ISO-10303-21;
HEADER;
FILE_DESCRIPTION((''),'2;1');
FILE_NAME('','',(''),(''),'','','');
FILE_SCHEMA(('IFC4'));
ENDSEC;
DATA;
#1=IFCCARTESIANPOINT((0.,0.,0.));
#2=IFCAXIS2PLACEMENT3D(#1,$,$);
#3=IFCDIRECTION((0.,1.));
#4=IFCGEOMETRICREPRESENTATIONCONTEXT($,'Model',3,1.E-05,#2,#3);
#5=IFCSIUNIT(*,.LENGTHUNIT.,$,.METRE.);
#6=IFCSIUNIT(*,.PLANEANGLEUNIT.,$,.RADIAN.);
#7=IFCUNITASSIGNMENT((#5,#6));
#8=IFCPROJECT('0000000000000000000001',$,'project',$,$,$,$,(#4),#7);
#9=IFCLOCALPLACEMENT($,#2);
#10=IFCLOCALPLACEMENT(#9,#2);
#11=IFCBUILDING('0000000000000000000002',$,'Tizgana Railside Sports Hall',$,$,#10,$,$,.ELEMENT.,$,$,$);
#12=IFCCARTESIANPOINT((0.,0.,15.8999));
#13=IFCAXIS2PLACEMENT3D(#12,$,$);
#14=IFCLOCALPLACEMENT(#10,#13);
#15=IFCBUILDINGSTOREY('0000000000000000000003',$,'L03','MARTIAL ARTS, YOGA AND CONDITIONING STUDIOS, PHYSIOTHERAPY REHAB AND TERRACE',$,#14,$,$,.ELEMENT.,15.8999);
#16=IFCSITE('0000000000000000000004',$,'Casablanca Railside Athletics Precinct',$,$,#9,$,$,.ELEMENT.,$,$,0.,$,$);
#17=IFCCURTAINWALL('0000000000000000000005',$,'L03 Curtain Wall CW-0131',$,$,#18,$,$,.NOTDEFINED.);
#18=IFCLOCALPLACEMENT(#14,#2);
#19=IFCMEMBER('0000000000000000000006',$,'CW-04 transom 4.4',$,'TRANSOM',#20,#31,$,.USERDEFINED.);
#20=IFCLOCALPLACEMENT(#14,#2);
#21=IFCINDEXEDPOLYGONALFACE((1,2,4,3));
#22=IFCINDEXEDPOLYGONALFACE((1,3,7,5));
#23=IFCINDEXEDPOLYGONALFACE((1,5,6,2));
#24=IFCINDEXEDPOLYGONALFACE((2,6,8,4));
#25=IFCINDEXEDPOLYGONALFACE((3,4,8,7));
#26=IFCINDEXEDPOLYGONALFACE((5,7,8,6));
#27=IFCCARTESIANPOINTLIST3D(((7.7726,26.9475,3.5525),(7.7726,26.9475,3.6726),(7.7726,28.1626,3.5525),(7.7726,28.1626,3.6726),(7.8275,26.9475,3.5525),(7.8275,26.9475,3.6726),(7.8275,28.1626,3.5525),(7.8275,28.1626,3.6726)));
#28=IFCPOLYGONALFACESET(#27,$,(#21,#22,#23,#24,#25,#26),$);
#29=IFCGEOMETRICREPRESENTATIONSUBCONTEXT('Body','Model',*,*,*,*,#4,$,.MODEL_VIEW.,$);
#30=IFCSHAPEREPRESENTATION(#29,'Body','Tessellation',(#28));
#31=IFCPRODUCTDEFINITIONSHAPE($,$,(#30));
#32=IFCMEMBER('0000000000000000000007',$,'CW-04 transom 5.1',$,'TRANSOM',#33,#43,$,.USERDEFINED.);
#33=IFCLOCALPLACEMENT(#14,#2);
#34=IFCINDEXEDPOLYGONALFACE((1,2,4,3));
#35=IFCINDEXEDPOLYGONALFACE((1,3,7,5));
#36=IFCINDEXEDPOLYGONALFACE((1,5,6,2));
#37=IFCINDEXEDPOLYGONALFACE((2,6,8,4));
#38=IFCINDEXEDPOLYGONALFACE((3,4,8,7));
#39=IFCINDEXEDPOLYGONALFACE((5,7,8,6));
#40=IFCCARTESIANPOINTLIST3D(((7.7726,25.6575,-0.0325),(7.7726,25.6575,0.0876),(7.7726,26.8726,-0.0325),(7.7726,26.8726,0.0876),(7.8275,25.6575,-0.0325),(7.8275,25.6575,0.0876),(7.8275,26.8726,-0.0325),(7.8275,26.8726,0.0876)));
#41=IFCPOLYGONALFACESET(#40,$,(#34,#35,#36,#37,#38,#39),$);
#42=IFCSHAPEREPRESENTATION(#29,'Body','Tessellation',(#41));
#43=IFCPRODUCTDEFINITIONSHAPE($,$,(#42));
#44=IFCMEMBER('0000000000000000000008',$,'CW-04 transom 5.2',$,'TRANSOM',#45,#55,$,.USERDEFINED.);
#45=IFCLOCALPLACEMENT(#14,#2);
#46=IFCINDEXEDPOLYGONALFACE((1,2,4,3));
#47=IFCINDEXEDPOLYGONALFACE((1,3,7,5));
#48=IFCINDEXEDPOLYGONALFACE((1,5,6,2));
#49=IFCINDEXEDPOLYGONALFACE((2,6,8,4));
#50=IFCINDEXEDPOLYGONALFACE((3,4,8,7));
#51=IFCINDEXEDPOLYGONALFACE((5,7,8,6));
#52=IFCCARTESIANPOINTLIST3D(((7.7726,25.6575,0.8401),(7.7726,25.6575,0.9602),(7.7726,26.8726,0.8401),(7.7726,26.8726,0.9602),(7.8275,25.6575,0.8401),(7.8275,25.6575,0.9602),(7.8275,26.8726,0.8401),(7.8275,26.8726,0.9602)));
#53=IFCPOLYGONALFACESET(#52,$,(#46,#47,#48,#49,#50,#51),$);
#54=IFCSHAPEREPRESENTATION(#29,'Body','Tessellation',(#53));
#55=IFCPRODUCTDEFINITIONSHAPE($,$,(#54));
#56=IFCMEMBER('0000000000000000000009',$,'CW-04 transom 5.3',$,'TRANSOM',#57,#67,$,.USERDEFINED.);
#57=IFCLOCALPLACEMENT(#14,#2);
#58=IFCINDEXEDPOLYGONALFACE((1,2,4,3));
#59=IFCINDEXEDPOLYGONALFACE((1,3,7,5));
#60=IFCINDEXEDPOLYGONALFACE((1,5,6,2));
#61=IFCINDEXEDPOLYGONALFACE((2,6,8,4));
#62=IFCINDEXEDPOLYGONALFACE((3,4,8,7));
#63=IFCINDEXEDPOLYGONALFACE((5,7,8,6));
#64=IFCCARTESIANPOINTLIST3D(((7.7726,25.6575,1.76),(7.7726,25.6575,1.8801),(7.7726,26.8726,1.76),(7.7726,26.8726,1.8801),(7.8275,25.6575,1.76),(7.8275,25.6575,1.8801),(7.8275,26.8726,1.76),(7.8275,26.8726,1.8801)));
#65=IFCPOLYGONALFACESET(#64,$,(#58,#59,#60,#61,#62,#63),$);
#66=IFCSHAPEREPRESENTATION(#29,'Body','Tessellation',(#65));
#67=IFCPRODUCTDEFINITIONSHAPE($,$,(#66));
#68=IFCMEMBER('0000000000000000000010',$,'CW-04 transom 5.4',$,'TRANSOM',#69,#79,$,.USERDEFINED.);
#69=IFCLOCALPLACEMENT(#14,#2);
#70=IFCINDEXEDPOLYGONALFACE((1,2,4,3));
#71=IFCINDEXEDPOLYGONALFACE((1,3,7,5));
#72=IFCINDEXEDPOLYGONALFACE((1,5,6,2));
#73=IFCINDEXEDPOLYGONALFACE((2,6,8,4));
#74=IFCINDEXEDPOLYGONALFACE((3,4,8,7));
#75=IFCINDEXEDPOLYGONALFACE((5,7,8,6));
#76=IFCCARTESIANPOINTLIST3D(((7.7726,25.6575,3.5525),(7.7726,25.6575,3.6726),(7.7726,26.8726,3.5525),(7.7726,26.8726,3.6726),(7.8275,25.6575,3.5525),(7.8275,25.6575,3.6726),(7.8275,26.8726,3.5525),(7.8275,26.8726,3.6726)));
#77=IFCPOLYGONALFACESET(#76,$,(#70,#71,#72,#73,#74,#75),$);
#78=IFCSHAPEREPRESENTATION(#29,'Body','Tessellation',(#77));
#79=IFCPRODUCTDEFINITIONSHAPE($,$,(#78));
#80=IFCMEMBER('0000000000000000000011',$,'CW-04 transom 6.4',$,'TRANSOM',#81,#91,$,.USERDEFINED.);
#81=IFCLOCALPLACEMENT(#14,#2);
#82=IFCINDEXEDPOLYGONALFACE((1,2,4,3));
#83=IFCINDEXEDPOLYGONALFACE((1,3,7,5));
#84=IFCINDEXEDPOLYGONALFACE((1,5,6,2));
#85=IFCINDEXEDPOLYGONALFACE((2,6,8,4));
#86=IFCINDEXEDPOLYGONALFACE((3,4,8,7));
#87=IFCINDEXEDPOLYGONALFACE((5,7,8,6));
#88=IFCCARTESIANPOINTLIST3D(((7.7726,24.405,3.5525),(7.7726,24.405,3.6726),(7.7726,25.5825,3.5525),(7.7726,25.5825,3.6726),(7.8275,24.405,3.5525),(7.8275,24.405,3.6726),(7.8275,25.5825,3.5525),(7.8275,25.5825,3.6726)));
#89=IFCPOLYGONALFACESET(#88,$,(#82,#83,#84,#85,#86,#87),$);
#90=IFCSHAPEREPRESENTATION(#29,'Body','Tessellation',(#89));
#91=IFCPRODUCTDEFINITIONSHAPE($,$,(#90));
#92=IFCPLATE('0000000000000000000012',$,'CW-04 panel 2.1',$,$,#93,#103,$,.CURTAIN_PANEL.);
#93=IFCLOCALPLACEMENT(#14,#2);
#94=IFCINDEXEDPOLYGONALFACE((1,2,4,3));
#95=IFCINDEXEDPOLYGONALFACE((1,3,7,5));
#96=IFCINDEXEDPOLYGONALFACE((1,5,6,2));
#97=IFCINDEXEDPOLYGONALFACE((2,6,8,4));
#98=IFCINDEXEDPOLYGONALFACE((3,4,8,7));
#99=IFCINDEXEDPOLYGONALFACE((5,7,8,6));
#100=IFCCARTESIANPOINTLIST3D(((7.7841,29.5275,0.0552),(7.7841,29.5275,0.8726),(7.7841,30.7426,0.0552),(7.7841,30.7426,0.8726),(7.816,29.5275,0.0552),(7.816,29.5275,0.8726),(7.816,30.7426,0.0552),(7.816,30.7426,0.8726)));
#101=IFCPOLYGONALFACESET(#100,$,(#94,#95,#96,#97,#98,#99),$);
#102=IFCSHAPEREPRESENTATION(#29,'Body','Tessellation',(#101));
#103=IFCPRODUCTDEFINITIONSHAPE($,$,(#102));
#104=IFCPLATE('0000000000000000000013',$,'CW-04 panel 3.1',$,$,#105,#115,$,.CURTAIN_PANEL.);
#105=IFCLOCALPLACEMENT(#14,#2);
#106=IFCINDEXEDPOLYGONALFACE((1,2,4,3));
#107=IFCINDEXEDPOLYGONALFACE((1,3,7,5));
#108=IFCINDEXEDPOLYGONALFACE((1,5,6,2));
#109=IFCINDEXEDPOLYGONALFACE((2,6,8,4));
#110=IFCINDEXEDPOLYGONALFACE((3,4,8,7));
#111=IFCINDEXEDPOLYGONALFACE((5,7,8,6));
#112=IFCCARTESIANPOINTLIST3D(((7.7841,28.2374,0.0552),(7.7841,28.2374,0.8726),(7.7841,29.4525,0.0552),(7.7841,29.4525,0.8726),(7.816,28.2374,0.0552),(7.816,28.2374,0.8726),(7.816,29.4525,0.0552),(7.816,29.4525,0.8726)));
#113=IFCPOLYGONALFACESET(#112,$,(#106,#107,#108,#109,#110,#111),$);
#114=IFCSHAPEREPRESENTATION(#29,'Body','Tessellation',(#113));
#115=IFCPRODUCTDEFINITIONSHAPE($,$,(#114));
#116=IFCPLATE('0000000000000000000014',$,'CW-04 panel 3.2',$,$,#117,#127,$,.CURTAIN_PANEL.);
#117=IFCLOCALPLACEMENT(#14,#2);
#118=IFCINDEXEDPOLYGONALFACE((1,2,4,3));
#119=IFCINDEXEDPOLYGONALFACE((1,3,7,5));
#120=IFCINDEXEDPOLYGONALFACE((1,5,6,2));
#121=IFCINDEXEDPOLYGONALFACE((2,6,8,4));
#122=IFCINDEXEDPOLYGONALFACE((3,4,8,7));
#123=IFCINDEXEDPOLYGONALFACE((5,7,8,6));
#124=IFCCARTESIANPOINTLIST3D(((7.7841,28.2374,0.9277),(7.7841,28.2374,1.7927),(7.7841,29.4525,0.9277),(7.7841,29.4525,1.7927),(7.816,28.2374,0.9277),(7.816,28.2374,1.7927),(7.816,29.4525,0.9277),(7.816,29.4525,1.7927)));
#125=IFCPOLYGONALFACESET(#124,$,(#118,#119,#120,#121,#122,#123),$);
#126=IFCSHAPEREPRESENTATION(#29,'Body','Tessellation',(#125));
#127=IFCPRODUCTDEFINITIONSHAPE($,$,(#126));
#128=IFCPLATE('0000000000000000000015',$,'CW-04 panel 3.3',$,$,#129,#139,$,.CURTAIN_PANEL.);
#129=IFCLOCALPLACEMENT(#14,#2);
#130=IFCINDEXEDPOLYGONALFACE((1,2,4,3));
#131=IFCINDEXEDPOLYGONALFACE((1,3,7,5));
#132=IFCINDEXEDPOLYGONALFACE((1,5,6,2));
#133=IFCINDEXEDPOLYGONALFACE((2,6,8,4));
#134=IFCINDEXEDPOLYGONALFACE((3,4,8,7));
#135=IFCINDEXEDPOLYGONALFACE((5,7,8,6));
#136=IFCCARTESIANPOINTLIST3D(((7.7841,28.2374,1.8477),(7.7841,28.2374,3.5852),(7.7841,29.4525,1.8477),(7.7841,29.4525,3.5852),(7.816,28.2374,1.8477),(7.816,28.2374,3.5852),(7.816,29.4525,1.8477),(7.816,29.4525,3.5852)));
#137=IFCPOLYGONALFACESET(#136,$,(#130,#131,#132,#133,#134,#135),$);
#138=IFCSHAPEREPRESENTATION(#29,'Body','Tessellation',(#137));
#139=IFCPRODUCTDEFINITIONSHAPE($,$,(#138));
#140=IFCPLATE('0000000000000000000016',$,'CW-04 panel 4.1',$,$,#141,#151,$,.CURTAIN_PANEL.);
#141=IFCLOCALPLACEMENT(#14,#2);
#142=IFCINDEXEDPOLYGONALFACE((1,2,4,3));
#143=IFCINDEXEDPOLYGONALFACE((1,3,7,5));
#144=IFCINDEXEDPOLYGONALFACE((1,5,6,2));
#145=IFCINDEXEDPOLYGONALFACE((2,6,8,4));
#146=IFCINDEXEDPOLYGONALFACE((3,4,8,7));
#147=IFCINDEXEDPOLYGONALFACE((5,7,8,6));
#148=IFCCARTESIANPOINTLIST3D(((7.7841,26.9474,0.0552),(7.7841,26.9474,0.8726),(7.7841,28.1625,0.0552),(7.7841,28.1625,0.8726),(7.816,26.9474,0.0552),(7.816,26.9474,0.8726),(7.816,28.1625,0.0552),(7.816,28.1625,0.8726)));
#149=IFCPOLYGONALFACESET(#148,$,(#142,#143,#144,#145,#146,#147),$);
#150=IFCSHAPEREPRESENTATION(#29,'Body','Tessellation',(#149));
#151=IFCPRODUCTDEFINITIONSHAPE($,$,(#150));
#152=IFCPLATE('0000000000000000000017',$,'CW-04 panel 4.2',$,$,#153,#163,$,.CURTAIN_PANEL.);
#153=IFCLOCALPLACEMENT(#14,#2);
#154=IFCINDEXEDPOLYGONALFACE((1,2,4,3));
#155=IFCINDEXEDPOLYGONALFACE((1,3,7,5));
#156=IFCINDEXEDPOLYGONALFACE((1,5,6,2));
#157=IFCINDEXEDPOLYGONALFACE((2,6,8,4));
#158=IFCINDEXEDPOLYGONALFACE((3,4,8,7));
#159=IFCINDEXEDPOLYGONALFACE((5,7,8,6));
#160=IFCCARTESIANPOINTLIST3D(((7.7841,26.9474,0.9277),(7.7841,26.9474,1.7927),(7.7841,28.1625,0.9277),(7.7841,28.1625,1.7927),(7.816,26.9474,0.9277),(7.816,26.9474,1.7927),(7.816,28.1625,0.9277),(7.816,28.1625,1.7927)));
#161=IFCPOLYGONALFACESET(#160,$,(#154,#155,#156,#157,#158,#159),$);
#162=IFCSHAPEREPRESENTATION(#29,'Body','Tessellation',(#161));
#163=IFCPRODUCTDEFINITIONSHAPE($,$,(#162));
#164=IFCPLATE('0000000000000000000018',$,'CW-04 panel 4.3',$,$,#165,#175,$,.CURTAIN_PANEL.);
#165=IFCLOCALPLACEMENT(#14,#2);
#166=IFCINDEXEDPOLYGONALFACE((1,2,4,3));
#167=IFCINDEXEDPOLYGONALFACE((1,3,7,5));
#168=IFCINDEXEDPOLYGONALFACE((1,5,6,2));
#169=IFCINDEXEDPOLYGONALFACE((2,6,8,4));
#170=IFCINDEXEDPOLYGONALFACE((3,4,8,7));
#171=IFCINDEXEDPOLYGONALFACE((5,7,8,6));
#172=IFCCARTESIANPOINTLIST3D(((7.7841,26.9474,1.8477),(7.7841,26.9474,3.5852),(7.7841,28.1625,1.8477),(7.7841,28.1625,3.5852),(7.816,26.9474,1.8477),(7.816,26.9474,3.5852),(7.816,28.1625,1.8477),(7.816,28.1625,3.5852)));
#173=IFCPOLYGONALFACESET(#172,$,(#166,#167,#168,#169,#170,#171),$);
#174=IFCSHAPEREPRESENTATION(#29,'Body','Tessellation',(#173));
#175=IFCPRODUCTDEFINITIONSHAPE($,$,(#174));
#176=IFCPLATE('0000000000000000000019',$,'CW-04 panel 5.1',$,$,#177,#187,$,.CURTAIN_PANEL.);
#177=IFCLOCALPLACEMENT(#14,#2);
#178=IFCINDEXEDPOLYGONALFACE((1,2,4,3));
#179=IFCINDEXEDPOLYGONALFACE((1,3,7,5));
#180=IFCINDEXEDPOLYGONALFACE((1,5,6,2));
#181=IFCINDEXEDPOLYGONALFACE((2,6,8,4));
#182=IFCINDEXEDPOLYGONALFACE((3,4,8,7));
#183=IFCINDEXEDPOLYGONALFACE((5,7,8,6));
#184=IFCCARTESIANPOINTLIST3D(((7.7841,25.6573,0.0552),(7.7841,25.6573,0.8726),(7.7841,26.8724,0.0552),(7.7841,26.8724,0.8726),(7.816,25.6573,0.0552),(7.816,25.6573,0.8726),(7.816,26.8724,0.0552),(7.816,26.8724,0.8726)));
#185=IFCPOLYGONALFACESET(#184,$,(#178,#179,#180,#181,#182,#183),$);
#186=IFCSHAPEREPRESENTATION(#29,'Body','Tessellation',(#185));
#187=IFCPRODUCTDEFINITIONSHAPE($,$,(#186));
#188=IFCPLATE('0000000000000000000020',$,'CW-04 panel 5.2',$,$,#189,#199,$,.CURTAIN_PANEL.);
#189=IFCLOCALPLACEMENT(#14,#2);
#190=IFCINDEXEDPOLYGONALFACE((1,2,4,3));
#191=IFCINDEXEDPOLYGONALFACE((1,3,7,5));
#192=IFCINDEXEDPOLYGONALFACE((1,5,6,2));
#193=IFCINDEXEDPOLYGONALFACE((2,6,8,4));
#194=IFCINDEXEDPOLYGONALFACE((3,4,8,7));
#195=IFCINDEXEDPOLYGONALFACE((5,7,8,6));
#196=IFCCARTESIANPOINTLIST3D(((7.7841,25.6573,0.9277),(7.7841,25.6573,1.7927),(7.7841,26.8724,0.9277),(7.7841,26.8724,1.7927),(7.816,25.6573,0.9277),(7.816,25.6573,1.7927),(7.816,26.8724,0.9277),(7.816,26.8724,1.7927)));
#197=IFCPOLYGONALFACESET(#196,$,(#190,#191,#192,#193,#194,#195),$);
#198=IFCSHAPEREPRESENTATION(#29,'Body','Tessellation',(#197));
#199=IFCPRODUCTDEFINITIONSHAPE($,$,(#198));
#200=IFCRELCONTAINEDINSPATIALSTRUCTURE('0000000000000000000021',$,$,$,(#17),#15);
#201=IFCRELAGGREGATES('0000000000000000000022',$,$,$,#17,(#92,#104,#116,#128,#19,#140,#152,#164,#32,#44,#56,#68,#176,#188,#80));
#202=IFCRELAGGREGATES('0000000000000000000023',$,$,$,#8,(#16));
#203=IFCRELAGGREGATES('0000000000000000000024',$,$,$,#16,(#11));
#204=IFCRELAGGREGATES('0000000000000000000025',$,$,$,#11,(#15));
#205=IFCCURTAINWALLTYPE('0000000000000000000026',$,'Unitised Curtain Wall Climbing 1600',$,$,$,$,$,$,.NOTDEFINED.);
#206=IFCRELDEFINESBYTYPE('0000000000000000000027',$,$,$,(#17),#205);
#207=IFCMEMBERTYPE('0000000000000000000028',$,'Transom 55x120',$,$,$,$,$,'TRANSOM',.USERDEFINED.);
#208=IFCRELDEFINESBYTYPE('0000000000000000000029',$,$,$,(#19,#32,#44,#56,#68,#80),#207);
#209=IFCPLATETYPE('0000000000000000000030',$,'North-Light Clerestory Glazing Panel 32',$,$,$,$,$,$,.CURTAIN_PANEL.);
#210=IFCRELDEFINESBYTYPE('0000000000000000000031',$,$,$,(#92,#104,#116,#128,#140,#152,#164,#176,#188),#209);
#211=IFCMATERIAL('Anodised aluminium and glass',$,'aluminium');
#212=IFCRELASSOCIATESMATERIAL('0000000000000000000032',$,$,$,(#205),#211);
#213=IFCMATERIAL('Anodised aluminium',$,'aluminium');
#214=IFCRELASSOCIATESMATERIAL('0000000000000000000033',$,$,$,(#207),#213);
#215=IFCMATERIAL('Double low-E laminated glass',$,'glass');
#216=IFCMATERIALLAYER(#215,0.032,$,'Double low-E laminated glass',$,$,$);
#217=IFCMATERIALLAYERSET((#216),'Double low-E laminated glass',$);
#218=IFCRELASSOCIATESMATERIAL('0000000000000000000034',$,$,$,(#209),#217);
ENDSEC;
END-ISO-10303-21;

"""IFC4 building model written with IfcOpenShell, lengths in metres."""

from ifc_helpers import new_model, si_unit, direction, frame, origin, origin_2d, place, context, subcontext, project, spatial, rectangle, extrude, material, layer, layer_set, material_profile, profile_set, type_object, element, aggregate, save


model = new_model("IFC4")

# Units and contexts
model_context = context("Model", 3, precision=1e-05, world=origin(), true_north=direction((0.0, 1.0)))
body_context = subcontext(model_context, "Body", "Model", "MODEL_VIEW")
ifc_project = project(units=[si_unit("LENGTHUNIT", "METRE"), si_unit("PLANEANGLEUNIT", "RADIAN")], contexts=[model_context])

# Site, building, storey
site_placement = place(None, origin())
site = spatial("IfcSite", under=ifc_project, at=site_placement, Name="Casablanca Railside Athletics Precinct", CompositionType="ELEMENT", RefElevation=0.0)
building_placement = place(site_placement, origin())
building = spatial("IfcBuilding", under=site, at=building_placement, Name="Tizgana Railside Sports Hall", CompositionType="ELEMENT")
storey_placement = place(building_placement, frame((0.0, 0.0, 15.8999)))
storey = spatial("IfcBuildingStorey", under=building, at=storey_placement, Name="L03", Description="MARTIAL ARTS, YOGA AND CONDITIONING STUDIOS, PHYSIOTHERAPY REHAB AND TERRACE", CompositionType="ELEMENT", Elevation=15.8999)

# Curtain wall
ifc_material_1 = material(Name="Anodised aluminium and glass", Category="aluminium")
curtain_wall_type = type_object("IfcCurtainWallType", Name="Unitised Curtain Wall Climbing 1600", PredefinedType="NOTDEFINED", material=ifc_material_1)
curtain_wall_placement = place(storey_placement, origin())
curtain_wall = element("IfcCurtainWall", 1, at=curtain_wall_placement, inside=storey, type_object=curtain_wall_type, Name="L03 Curtain Wall CW-0131", PredefinedType="NOTDEFINED")
ifc_material_2 = material(Name="Anodised aluminium", Category="aluminium")

# Members
ifc_material_profile_1 = material_profile(ifc_material_2, rectangle(XDim=0.0549, YDim=0.1201, at=origin_2d()), Name="Transom 55x120")
ifc_profile_set_1 = profile_set([ifc_material_profile_1], Name="Anodised aluminium")
member_type_1 = type_object("IfcMemberType", Name="Transom 55x120", ElementType="TRANSOM", PredefinedType="USERDEFINED", material=ifc_profile_set_1)
member_1_placement = place(storey_placement, frame((7.8, 28.1626, 3.6125), z_axis=(0.0, -1.0, 0.0), x_axis=(1.0, 0.0, 0.0)))
member_1 = element("IfcMember", 2, at=member_1_placement, type_object=member_type_1, Name="CW-04 transom 4.4", ObjectType="TRANSOM", PredefinedType="USERDEFINED", context=body_context, shape_type="SweptSolid", body=[
    extrude(rectangle(XDim=0.0549, YDim=0.1201, at=origin_2d()), origin(), (0.0, 0.0, 1.0), 1.2151),
])
member_2_placement = place(storey_placement, frame((7.8, 26.8726, 0.0276), z_axis=(0.0, -1.0, 0.0), x_axis=(1.0, 0.0, 0.0)))
member_2 = element("IfcMember", 3, at=member_2_placement, type_object=member_type_1, Name="CW-04 transom 5.1", ObjectType="TRANSOM", PredefinedType="USERDEFINED", context=body_context, shape_type="SweptSolid", body=[
    extrude(rectangle(XDim=0.0549, YDim=0.1201, at=origin_2d()), origin(), (0.0, 0.0, 1.0), 1.2151),
])
member_3_placement = place(storey_placement, frame((7.8, 26.8726, 0.9001), z_axis=(0.0, -1.0, 0.0), x_axis=(1.0, 0.0, 0.0)))
member_3 = element("IfcMember", 4, at=member_3_placement, type_object=member_type_1, Name="CW-04 transom 5.2", ObjectType="TRANSOM", PredefinedType="USERDEFINED", context=body_context, shape_type="SweptSolid", body=[
    extrude(rectangle(XDim=0.0549, YDim=0.1201, at=origin_2d()), origin(), (0.0, 0.0, 1.0), 1.2151),
])
member_4_placement = place(storey_placement, frame((7.8, 26.8726, 1.8201), z_axis=(0.0, -1.0, 0.0), x_axis=(1.0, 0.0, 0.0)))
member_4 = element("IfcMember", 5, at=member_4_placement, type_object=member_type_1, Name="CW-04 transom 5.3", ObjectType="TRANSOM", PredefinedType="USERDEFINED", context=body_context, shape_type="SweptSolid", body=[
    extrude(rectangle(XDim=0.0549, YDim=0.1201, at=origin_2d()), origin(), (0.0, 0.0, 1.0), 1.2151),
])
member_5_placement = place(storey_placement, frame((7.8, 26.8726, 3.6125), z_axis=(0.0, -1.0, 0.0), x_axis=(1.0, 0.0, 0.0)))
member_5 = element("IfcMember", 6, at=member_5_placement, type_object=member_type_1, Name="CW-04 transom 5.4", ObjectType="TRANSOM", PredefinedType="USERDEFINED", context=body_context, shape_type="SweptSolid", body=[
    extrude(rectangle(XDim=0.0549, YDim=0.1201, at=origin_2d()), origin(), (0.0, 0.0, 1.0), 1.2151),
])
member_6_placement = place(storey_placement, frame((7.8, 25.5825, 3.6125), z_axis=(0.0, -1.0, 0.0), x_axis=(1.0, 0.0, 0.0)))
member_6 = element("IfcMember", 7, at=member_6_placement, type_object=member_type_1, Name="CW-04 transom 6.4", ObjectType="TRANSOM", PredefinedType="USERDEFINED", context=body_context, shape_type="SweptSolid", body=[
    extrude(rectangle(XDim=0.0549, YDim=0.1201, at=origin_2d()), origin(), (0.0, 0.0, 1.0), 1.1775),
])

# Plates
ifc_material_3 = material(Name="Double low-E laminated glass", Category="glass")
ifc_layer_1 = layer(ifc_material_3, 0.032, Name="Double low-E laminated glass")
ifc_layer_set_1 = layer_set([ifc_layer_1], Name="Double low-E laminated glass")
plate_type = type_object("IfcPlateType", Name="North-Light Clerestory Glazing Panel 32", PredefinedType="CURTAIN_PANEL", material=ifc_layer_set_1)
plate_1_placement = place(storey_placement, frame((7.8, 30.135, 0.0552), z_axis=(0.0, 0.0, 1.0), x_axis=(0.0, -1.0, 0.0)))
plate_1 = element("IfcPlate", 8, at=plate_1_placement, type_object=plate_type, Name="CW-04 panel 2.1", PredefinedType="CURTAIN_PANEL", context=body_context, shape_type="SweptSolid", body=[
    extrude(rectangle(XDim=1.2151, YDim=0.032, at=origin_2d()), origin(), (0.0, 0.0, 1.0), 0.8174),
])
plate_2_placement = place(storey_placement, frame((7.8, 28.845, 0.0552), z_axis=(0.0, 0.0, 1.0), x_axis=(0.0, -1.0, 0.0)))
plate_2 = element("IfcPlate", 9, at=plate_2_placement, type_object=plate_type, Name="CW-04 panel 3.1", PredefinedType="CURTAIN_PANEL", context=body_context, shape_type="SweptSolid", body=[
    extrude(rectangle(XDim=1.2151, YDim=0.032, at=origin_2d()), origin(), (0.0, 0.0, 1.0), 0.8174),
])
plate_3_placement = place(storey_placement, frame((7.8, 28.845, 0.9277), z_axis=(0.0, 0.0, 1.0), x_axis=(0.0, -1.0, 0.0)))
plate_3 = element("IfcPlate", 10, at=plate_3_placement, type_object=plate_type, Name="CW-04 panel 3.2", PredefinedType="CURTAIN_PANEL", context=body_context, shape_type="SweptSolid", body=[
    extrude(rectangle(XDim=1.2151, YDim=0.032, at=origin_2d()), origin(), (0.0, 0.0, 1.0), 0.865),
])
plate_4_placement = place(storey_placement, frame((7.8, 28.845, 1.8477), z_axis=(0.0, 0.0, 1.0), x_axis=(0.0, -1.0, 0.0)))
plate_4 = element("IfcPlate", 11, at=plate_4_placement, type_object=plate_type, Name="CW-04 panel 3.3", PredefinedType="CURTAIN_PANEL", context=body_context, shape_type="SweptSolid", body=[
    extrude(rectangle(XDim=1.2151, YDim=0.032, at=origin_2d()), origin(), (0.0, 0.0, 1.0), 1.7375),
])
plate_5_placement = place(storey_placement, frame((7.8, 27.5549, 0.0552), z_axis=(0.0, 0.0, 1.0), x_axis=(0.0, -1.0, 0.0)))
plate_5 = element("IfcPlate", 12, at=plate_5_placement, type_object=plate_type, Name="CW-04 panel 4.1", PredefinedType="CURTAIN_PANEL", context=body_context, shape_type="SweptSolid", body=[
    extrude(rectangle(XDim=1.2151, YDim=0.032, at=origin_2d()), origin(), (0.0, 0.0, 1.0), 0.8174),
])
plate_6_placement = place(storey_placement, frame((7.8, 27.5549, 0.9277), z_axis=(0.0, 0.0, 1.0), x_axis=(0.0, -1.0, 0.0)))
plate_6 = element("IfcPlate", 13, at=plate_6_placement, type_object=plate_type, Name="CW-04 panel 4.2", PredefinedType="CURTAIN_PANEL", context=body_context, shape_type="SweptSolid", body=[
    extrude(rectangle(XDim=1.2151, YDim=0.032, at=origin_2d()), origin(), (0.0, 0.0, 1.0), 0.865),
])
plate_7_placement = place(storey_placement, frame((7.8, 27.5549, 1.8477), z_axis=(0.0, 0.0, 1.0), x_axis=(0.0, -1.0, 0.0)))
plate_7 = element("IfcPlate", 14, at=plate_7_placement, type_object=plate_type, Name="CW-04 panel 4.3", PredefinedType="CURTAIN_PANEL", context=body_context, shape_type="SweptSolid", body=[
    extrude(rectangle(XDim=1.2151, YDim=0.032, at=origin_2d()), origin(), (0.0, 0.0, 1.0), 1.7375),
])
plate_8_placement = place(storey_placement, frame((7.8, 26.2649, 0.0552), z_axis=(0.0, 0.0, 1.0), x_axis=(0.0, -1.0, 0.0)))
plate_8 = element("IfcPlate", 15, at=plate_8_placement, type_object=plate_type, Name="CW-04 panel 5.1", PredefinedType="CURTAIN_PANEL", context=body_context, shape_type="SweptSolid", body=[
    extrude(rectangle(XDim=1.2151, YDim=0.032, at=origin_2d()), origin(), (0.0, 0.0, 1.0), 0.8174),
])
plate_9_placement = place(storey_placement, frame((7.8, 26.2649, 0.9277), z_axis=(0.0, 0.0, 1.0), x_axis=(0.0, -1.0, 0.0)))
plate_9 = element("IfcPlate", 16, at=plate_9_placement, type_object=plate_type, Name="CW-04 panel 5.2", PredefinedType="CURTAIN_PANEL", context=body_context, shape_type="SweptSolid", body=[
    extrude(rectangle(XDim=1.2151, YDim=0.032, at=origin_2d()), origin(), (0.0, 0.0, 1.0), 0.865),
])
aggregate(curtain_wall, [plate_1, plate_2, plate_3, plate_4, member_1, plate_5, plate_6, plate_7, member_2, member_3, member_4, member_5, plate_8, plate_9, member_6])

save(model, "model.ifc")
